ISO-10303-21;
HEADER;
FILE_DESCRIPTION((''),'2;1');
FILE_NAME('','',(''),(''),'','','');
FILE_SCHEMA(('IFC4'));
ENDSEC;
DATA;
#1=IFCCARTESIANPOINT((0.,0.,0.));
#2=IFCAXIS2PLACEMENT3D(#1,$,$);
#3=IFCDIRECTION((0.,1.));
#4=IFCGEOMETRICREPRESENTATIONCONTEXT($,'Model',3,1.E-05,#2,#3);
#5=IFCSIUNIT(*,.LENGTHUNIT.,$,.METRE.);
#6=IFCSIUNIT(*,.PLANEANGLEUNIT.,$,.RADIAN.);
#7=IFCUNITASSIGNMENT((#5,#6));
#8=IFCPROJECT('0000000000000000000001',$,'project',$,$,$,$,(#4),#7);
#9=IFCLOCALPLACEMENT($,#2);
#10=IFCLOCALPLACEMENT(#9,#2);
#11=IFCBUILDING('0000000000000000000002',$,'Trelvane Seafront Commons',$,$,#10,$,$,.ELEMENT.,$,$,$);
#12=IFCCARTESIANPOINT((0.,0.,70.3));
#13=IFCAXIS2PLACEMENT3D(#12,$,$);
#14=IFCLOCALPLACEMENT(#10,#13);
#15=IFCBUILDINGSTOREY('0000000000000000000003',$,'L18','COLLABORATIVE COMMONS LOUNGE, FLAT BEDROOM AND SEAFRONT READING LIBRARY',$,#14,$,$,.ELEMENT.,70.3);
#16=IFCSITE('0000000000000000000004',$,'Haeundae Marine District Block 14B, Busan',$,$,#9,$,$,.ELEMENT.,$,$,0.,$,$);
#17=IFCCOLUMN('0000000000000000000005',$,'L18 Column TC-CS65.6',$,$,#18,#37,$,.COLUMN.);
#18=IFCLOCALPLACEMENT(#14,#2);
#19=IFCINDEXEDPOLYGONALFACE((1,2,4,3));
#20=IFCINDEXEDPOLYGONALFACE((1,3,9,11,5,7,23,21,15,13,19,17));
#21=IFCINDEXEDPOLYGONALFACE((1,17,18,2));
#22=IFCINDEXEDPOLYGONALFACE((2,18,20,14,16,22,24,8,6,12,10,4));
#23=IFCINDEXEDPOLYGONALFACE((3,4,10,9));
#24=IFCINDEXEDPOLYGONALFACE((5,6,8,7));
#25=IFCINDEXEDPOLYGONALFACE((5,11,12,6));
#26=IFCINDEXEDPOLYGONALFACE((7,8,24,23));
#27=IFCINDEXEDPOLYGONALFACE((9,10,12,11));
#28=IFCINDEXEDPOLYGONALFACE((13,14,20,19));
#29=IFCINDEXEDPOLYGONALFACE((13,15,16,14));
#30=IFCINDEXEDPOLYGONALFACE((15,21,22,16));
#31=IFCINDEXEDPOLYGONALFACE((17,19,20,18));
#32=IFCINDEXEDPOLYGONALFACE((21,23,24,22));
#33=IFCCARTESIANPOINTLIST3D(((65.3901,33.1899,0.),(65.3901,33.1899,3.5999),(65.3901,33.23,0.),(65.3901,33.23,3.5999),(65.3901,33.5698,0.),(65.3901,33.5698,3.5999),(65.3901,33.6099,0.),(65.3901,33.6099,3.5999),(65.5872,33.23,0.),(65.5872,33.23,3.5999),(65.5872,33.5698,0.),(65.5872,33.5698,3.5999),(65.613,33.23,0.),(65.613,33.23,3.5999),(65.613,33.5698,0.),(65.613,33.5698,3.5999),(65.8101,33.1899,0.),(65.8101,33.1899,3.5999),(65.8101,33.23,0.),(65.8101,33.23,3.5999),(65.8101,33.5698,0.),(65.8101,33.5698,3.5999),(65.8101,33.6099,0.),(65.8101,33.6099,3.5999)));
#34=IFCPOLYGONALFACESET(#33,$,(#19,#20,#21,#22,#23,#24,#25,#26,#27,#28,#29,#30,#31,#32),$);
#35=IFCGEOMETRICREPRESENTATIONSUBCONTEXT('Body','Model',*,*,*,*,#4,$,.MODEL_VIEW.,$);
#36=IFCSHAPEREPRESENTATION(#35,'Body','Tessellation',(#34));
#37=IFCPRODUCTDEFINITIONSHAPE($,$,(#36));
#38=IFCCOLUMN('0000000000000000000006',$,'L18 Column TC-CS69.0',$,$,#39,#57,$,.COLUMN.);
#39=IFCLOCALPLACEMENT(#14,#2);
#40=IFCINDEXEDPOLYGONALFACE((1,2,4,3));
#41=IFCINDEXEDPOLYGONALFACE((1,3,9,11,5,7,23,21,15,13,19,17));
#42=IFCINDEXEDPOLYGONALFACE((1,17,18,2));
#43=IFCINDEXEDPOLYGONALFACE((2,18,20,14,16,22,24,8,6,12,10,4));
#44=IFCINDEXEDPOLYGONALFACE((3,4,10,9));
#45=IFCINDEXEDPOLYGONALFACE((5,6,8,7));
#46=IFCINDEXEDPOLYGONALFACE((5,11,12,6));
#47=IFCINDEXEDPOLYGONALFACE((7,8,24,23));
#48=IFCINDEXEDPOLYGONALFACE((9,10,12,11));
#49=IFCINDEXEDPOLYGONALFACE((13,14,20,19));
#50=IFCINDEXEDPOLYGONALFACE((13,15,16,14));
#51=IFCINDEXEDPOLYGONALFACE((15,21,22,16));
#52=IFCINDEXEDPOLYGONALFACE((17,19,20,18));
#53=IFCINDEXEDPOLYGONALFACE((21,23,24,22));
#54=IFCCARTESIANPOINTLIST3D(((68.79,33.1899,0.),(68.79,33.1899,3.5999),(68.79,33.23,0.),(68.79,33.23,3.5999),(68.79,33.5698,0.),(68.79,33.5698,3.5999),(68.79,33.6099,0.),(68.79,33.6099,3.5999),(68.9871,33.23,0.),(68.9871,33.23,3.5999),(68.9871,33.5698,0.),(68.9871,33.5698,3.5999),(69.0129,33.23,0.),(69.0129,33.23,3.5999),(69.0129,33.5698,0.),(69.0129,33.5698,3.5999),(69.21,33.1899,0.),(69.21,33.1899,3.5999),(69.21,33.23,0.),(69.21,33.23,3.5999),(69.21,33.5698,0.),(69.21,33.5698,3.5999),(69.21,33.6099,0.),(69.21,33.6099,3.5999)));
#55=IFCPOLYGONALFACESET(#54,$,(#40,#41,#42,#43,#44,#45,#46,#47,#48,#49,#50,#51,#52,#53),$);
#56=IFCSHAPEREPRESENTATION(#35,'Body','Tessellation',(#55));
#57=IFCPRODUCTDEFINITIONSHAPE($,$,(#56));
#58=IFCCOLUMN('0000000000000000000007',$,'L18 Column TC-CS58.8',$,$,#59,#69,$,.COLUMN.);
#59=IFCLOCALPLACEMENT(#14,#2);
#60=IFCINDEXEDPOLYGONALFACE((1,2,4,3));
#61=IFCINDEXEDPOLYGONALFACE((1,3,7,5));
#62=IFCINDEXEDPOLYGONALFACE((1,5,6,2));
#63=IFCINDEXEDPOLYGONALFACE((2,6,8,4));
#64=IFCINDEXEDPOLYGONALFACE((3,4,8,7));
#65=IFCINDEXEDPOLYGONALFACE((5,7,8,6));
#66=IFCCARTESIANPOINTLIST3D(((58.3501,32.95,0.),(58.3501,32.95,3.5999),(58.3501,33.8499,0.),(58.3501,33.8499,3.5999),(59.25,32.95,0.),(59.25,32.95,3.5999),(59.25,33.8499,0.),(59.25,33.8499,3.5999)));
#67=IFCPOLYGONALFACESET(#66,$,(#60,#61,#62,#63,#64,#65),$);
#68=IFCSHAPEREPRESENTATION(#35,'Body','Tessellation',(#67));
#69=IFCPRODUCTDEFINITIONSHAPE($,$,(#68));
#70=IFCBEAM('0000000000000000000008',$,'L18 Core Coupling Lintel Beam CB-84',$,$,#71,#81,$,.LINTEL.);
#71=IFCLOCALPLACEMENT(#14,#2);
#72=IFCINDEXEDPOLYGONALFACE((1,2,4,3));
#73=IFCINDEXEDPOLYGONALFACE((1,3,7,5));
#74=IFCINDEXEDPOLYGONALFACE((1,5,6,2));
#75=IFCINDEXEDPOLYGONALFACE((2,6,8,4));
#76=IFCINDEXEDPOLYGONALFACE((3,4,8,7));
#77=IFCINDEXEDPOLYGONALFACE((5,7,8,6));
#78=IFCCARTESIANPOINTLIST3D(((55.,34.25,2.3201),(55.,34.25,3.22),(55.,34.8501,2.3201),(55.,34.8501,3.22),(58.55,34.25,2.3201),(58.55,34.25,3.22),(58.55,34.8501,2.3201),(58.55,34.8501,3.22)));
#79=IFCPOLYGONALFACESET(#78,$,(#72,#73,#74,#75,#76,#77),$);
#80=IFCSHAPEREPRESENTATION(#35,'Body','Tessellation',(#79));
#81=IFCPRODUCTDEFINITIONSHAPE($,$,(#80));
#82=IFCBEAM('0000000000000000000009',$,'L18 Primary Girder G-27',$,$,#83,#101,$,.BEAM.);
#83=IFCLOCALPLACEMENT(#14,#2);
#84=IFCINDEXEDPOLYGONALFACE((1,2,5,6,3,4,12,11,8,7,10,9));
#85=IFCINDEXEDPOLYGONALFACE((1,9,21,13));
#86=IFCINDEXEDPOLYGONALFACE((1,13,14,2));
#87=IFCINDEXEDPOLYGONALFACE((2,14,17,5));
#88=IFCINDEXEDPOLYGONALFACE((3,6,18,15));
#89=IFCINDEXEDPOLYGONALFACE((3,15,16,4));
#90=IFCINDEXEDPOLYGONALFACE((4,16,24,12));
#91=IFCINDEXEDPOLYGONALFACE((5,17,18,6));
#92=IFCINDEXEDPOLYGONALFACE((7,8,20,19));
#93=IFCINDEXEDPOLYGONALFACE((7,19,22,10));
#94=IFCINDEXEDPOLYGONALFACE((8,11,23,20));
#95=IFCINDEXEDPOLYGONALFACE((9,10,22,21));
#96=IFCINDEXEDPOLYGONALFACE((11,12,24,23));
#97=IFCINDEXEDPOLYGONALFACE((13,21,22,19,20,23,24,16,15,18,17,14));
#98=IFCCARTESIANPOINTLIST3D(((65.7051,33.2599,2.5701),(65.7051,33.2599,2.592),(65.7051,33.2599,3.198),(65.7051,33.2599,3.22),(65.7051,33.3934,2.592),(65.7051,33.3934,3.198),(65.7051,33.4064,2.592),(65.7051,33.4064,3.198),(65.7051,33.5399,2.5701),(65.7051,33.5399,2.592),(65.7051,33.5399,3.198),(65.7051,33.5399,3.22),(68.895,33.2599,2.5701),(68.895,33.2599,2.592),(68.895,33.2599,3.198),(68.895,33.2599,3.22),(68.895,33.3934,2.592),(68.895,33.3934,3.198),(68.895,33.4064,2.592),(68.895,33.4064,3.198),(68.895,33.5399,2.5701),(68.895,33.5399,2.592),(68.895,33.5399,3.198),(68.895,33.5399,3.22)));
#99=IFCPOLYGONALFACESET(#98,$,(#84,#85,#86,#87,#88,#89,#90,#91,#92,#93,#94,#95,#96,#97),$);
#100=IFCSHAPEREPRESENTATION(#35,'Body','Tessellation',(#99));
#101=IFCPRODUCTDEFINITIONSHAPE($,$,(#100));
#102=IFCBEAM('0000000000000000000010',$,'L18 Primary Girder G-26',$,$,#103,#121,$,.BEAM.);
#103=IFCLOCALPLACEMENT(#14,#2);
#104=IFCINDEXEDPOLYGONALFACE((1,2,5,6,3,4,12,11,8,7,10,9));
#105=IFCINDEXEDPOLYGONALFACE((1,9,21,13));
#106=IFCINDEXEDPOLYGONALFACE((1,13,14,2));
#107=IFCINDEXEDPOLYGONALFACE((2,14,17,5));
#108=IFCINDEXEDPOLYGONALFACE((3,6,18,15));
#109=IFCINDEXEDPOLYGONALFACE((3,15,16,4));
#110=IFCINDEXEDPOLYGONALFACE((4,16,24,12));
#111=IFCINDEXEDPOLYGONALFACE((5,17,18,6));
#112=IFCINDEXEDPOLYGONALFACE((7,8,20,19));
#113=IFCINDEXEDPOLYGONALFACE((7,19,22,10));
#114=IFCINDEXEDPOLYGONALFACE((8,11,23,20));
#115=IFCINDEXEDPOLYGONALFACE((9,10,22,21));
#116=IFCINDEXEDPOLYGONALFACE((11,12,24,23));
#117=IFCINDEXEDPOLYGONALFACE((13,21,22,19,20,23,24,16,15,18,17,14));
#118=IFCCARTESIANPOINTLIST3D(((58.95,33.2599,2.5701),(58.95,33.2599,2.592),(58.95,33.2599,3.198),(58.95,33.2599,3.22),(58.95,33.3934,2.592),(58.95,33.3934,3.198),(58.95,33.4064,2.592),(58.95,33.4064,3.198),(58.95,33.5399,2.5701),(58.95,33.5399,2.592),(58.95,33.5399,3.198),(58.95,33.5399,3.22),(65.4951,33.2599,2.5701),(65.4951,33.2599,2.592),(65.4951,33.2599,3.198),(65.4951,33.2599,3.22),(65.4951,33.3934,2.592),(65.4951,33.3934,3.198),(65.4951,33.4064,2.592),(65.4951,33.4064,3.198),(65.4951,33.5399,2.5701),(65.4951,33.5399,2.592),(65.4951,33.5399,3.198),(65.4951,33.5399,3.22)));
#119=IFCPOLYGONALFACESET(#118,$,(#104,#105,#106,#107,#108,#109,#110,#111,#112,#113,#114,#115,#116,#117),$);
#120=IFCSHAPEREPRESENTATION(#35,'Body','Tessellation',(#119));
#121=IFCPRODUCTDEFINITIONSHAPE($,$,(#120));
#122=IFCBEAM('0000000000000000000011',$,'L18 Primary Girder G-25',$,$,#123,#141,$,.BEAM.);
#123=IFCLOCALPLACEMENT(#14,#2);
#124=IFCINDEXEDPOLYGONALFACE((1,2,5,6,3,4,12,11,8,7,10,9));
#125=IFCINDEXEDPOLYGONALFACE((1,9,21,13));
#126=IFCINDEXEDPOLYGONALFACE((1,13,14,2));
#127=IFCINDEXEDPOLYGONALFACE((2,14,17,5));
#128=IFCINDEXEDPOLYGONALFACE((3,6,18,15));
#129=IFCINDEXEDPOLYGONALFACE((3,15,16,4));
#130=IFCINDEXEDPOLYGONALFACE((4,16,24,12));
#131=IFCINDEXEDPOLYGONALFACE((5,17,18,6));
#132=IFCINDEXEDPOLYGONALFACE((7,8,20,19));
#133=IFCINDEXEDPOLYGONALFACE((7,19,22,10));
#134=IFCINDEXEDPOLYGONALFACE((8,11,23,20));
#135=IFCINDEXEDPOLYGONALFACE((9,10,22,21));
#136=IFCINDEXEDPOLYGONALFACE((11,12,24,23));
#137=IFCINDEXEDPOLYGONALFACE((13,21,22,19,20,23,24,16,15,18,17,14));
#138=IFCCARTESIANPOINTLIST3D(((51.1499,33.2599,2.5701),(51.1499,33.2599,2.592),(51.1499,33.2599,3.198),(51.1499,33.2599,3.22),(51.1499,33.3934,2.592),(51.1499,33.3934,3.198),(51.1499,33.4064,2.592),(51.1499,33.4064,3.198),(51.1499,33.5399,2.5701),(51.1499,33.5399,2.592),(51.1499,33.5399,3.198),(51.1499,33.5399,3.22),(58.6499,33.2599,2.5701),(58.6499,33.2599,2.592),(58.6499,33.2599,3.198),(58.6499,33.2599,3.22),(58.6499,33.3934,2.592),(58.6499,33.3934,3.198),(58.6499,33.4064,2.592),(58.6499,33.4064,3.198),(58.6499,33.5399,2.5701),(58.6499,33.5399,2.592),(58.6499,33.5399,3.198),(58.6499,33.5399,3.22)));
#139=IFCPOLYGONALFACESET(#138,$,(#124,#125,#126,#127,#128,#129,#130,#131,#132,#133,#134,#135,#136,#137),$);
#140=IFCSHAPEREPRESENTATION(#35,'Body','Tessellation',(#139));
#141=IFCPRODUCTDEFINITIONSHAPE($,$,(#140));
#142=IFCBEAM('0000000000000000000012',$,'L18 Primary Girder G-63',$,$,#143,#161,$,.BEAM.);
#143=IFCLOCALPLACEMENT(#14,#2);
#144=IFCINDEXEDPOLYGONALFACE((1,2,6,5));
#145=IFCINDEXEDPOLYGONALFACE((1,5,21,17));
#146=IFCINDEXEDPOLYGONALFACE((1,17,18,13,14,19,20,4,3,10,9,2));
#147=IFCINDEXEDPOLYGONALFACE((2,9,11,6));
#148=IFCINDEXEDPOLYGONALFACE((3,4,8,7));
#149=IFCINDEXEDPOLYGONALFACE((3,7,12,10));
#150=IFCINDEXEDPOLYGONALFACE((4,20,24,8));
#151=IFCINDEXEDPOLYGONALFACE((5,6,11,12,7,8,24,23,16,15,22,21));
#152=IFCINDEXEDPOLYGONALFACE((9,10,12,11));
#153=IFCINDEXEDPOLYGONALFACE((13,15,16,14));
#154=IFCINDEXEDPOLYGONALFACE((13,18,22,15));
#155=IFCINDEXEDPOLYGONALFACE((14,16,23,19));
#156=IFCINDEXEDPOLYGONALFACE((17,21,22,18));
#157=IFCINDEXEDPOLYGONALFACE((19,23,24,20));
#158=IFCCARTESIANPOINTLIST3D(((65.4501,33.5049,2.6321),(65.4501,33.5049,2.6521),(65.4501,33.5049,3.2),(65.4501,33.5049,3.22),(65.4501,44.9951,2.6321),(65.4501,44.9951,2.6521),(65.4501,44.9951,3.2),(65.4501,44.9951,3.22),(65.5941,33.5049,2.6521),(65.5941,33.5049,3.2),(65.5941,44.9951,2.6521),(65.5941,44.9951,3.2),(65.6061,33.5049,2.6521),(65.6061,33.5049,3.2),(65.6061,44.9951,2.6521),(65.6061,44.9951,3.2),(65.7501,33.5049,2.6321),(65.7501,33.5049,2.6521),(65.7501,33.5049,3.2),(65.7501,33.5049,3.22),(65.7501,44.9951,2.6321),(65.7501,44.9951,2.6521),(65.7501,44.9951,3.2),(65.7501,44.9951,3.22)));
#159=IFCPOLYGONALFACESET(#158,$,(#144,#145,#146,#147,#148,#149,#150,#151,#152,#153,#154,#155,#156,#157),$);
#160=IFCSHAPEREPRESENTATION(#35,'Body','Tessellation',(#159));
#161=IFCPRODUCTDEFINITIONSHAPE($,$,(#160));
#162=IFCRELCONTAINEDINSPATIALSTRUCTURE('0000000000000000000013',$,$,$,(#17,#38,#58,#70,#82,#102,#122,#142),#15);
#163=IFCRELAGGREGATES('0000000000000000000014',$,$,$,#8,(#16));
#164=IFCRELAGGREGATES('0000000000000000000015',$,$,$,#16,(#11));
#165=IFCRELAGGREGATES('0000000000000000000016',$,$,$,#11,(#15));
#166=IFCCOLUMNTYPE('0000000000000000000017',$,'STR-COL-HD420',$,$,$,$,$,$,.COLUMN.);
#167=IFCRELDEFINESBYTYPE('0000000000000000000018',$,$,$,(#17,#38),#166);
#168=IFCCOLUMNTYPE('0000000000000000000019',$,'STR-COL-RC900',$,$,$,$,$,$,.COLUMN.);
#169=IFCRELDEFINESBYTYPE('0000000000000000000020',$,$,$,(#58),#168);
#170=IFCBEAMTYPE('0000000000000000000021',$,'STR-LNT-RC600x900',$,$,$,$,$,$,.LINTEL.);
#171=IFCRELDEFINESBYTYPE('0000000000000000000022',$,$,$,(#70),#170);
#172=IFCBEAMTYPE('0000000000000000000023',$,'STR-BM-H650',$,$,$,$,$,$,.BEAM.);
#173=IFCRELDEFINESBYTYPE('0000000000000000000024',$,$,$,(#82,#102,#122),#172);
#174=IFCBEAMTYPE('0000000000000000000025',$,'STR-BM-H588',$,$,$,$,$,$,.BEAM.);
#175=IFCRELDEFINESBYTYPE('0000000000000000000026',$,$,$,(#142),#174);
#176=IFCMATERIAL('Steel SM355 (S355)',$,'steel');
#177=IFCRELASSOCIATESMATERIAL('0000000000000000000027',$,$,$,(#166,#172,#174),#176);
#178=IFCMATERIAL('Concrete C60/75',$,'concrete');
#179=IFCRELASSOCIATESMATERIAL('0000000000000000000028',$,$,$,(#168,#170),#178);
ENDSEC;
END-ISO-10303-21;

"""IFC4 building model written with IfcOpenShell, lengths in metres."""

from ifc_helpers import new_model, si_unit, direction, frame, origin, origin_2d, place, context, subcontext, project, spatial, rectangle, i_section, extrude, source, transform, mapped, material, material_profile, profile_set, type_object, element, save


model = new_model("IFC4")

# Units and contexts
model_context = context("Model", 3, precision=1e-05, world=origin(), true_north=direction((0.0, 1.0)))
body_context = subcontext(model_context, "Body", "Model", "MODEL_VIEW")
ifc_project = project(units=[si_unit("LENGTHUNIT", "METRE"), si_unit("PLANEANGLEUNIT", "RADIAN")], contexts=[model_context])

# Site, building, storey
site_placement = place(None, origin())
site = spatial("IfcSite", under=ifc_project, at=site_placement, Name="Haeundae Marine District Block 14B, Busan", CompositionType="ELEMENT", RefElevation=0.0)
building_placement = place(site_placement, origin())
building = spatial("IfcBuilding", under=site, at=building_placement, Name="Trelvane Seafront Commons", CompositionType="ELEMENT")
storey_placement = place(building_placement, frame((0.0, 0.0, 70.3)))
storey = spatial("IfcBuildingStorey", under=building, at=storey_placement, Name="L18", Description="COLLABORATIVE COMMONS LOUNGE, FLAT BEDROOM AND SEAFRONT READING LIBRARY", CompositionType="ELEMENT", Elevation=70.3)

# Columns
ifc_material_1 = material(Name="Steel SM355 (S355)", Category="steel")
ifc_material_profile_1 = material_profile(ifc_material_1, i_section(OverallWidth=0.4199, OverallDepth=0.4199, WebThickness=0.0259, FlangeThickness=0.04, at=origin_2d()), Name="HD-420x420x26x40")
ifc_profile_set_1 = profile_set([ifc_material_profile_1], Name="Steel SM355 (S355)")
column_type_1 = type_object("IfcColumnType", Name="STR-COL-HD420", PredefinedType="COLUMN", material=ifc_profile_set_1)
shared_shape_1 = source(origin(), body_context, "Body", "SweptSolid", [
    extrude(i_section(OverallWidth=0.4199, OverallDepth=0.4199, WebThickness=0.0259, FlangeThickness=0.04, at=origin_2d()), origin(), (0.0, 0.0, 1.0), 3.5999),
])
for number, where, z_axis, x_axis, name in (
    (1, (65.6001, 33.3999, 0.0), (0.0, 0.0, 1.0), (1.0, 0.0, 0.0), "L18 Column TC-CS65.6"),
    (2, (69.0, 33.3999, 0.0), (0.0, 0.0, 1.0), (1.0, 0.0, 0.0), "L18 Column TC-CS69.0"),
):
    element("IfcColumn", number, at=place(storey_placement, frame(where, z_axis=z_axis, x_axis=x_axis)), inside=storey, type_object=column_type_1, Name=name, PredefinedType="COLUMN", context=body_context, shape_type="MappedRepresentation", body=[
        mapped(shared_shape_1, transform((0.0, 0.0, 0.0), x_axis=(1.0, 0.0, 0.0), y_axis=(0.0, 1.0, 0.0), z_axis=(0.0, 0.0, 1.0), scale=1.0)),
    ])
ifc_material_2 = material(Name="Concrete C60/75", Category="concrete")
ifc_material_profile_2 = material_profile(ifc_material_2, rectangle(XDim=0.8999, YDim=0.8999, at=origin_2d()), Name="RC-900x900")
ifc_profile_set_2 = profile_set([ifc_material_profile_2], Name="Concrete C60/75")
column_type_2 = type_object("IfcColumnType", Name="STR-COL-RC900", PredefinedType="COLUMN", material=ifc_profile_set_2)
shared_shape_2 = source(origin(), body_context, "Body", "SweptSolid", [
    extrude(rectangle(XDim=0.8999, YDim=0.8999, at=origin_2d()), origin(), (0.0, 0.0, 1.0), 3.5999),
])
column_placement = place(storey_placement, frame((58.8, 33.3999, 0.0), z_axis=(0.0, 0.0, 1.0), x_axis=(1.0, 0.0, 0.0)))
element("IfcColumn", 3, at=column_placement, inside=storey, type_object=column_type_2, Name="L18 Column TC-CS58.8", PredefinedType="COLUMN", context=body_context, shape_type="MappedRepresentation", body=[
    mapped(shared_shape_2, transform((0.0, 0.0, 0.0), x_axis=(1.0, 0.0, 0.0), y_axis=(0.0, 1.0, 0.0), z_axis=(0.0, 0.0, 1.0), scale=1.0)),
])

# Beams
ifc_material_profile_3 = material_profile(ifc_material_2, rectangle(XDim=0.6001, YDim=0.8999, at=origin_2d()), Name="RC-600x900")
ifc_profile_set_3 = profile_set([ifc_material_profile_3], Name="Concrete C60/75")
beam_type_1 = type_object("IfcBeamType", Name="STR-LNT-RC600x900", PredefinedType="LINTEL", material=ifc_profile_set_3)
shared_shape_3 = source(origin(), body_context, "Body", "SweptSolid", [
    extrude(rectangle(XDim=0.6001, YDim=0.8999, at=origin_2d()), origin(), (0.0, 0.0, 1.0), 3.55),
])
beam_1_placement = place(storey_placement, frame((55.0, 34.55, 2.77), z_axis=(1.0, 0.0, 0.0), x_axis=(0.0, 1.0, 0.0)))
element("IfcBeam", 4, at=beam_1_placement, inside=storey, type_object=beam_type_1, Name="L18 Core Coupling Lintel Beam CB-84", PredefinedType="LINTEL", context=body_context, shape_type="MappedRepresentation", body=[
    mapped(shared_shape_3, transform((0.0, 0.0, 0.0), x_axis=(1.0, 0.0, 0.0), y_axis=(0.0, 1.0, 0.0), z_axis=(0.0, 0.0, 1.0), scale=1.0)),
])
ifc_material_profile_4 = material_profile(ifc_material_1, i_section(OverallWidth=0.28, OverallDepth=0.6499, WebThickness=0.0129, FlangeThickness=0.022, at=origin_2d()), Name="H-650x280x13x22")
ifc_profile_set_4 = profile_set([ifc_material_profile_4], Name="Steel SM355 (S355)")
beam_type_2 = type_object("IfcBeamType", Name="STR-BM-H650", PredefinedType="BEAM", material=ifc_profile_set_4)
shared_shape_4 = source(origin(), body_context, "Body", "SweptSolid", [
    extrude(i_section(OverallWidth=0.28, OverallDepth=0.6499, WebThickness=0.0129, FlangeThickness=0.022, at=origin_2d()), origin(), (0.0, 0.0, 1.0), 3.1899),
])
beam_2_placement = place(storey_placement, frame((65.7051, 33.3999, 2.895), z_axis=(1.0, 0.0, 0.0), x_axis=(0.0, 1.0, 0.0)))
element("IfcBeam", 5, at=beam_2_placement, inside=storey, type_object=beam_type_2, Name="L18 Primary Girder G-27", PredefinedType="BEAM", context=body_context, shape_type="MappedRepresentation", body=[
    mapped(shared_shape_4, transform((0.0, 0.0, 0.0), x_axis=(1.0, 0.0, 0.0), y_axis=(0.0, 1.0, 0.0), z_axis=(0.0, 0.0, 1.0), scale=1.0)),
])
shared_shape_5 = source(origin(), body_context, "Body", "SweptSolid", [
    extrude(i_section(OverallWidth=0.28, OverallDepth=0.6499, WebThickness=0.0129, FlangeThickness=0.022, at=origin_2d()), origin(), (0.0, 0.0, 1.0), 6.5452),
])
beam_3_placement = place(storey_placement, frame((58.95, 33.3999, 2.895), z_axis=(1.0, 0.0, 0.0), x_axis=(0.0, 1.0, 0.0)))
element("IfcBeam", 6, at=beam_3_placement, inside=storey, type_object=beam_type_2, Name="L18 Primary Girder G-26", PredefinedType="BEAM", context=body_context, shape_type="MappedRepresentation", body=[
    mapped(shared_shape_5, transform((0.0, 0.0, 0.0), x_axis=(1.0, 0.0, 0.0), y_axis=(0.0, 1.0, 0.0), z_axis=(0.0, 0.0, 1.0), scale=1.0)),
])
shared_shape_6 = source(origin(), body_context, "Body", "SweptSolid", [
    extrude(i_section(OverallWidth=0.28, OverallDepth=0.6499, WebThickness=0.0129, FlangeThickness=0.022, at=origin_2d()), origin(), (0.0, 0.0, 1.0), 7.5),
])
beam_4_placement = place(storey_placement, frame((51.1499, 33.3999, 2.895), z_axis=(1.0, 0.0, 0.0), x_axis=(0.0, 1.0, 0.0)))
element("IfcBeam", 7, at=beam_4_placement, inside=storey, type_object=beam_type_2, Name="L18 Primary Girder G-25", PredefinedType="BEAM", context=body_context, shape_type="MappedRepresentation", body=[
    mapped(shared_shape_6, transform((0.0, 0.0, 0.0), x_axis=(1.0, 0.0, 0.0), y_axis=(0.0, 1.0, 0.0), z_axis=(0.0, 0.0, 1.0), scale=1.0)),
])
ifc_material_profile_5 = material_profile(ifc_material_1, i_section(OverallWidth=0.3, OverallDepth=0.5879, WebThickness=0.012, FlangeThickness=0.02, at=origin_2d()), Name="H-588x300x12x20")
ifc_profile_set_5 = profile_set([ifc_material_profile_5], Name="Steel SM355 (S355)")
beam_type_3 = type_object("IfcBeamType", Name="STR-BM-H588", PredefinedType="BEAM", material=ifc_profile_set_5)
shared_shape_7 = source(origin(), body_context, "Body", "SweptSolid", [
    extrude(i_section(OverallWidth=0.3, OverallDepth=0.5879, WebThickness=0.012, FlangeThickness=0.02, at=origin_2d()), origin(), (0.0, 0.0, 1.0), 11.4902),
])
for number, where, z_axis, x_axis, name in (
    (8, (65.6001, 33.5049, 2.926), (0.0, 1.0, 0.0), (-1.0, 0.0, 0.0), "L18 Primary Girder G-63"),
):
    element("IfcBeam", number, at=place(storey_placement, frame(where, z_axis=z_axis, x_axis=x_axis)), inside=storey, type_object=beam_type_3, Name=name, PredefinedType="BEAM", context=body_context, shape_type="MappedRepresentation", body=[
        mapped(shared_shape_7, transform((0.0, 0.0, 0.0), x_axis=(1.0, 0.0, 0.0), y_axis=(0.0, 1.0, 0.0), z_axis=(0.0, 0.0, 1.0), scale=1.0)),
    ])

save(model, "model.ifc")
